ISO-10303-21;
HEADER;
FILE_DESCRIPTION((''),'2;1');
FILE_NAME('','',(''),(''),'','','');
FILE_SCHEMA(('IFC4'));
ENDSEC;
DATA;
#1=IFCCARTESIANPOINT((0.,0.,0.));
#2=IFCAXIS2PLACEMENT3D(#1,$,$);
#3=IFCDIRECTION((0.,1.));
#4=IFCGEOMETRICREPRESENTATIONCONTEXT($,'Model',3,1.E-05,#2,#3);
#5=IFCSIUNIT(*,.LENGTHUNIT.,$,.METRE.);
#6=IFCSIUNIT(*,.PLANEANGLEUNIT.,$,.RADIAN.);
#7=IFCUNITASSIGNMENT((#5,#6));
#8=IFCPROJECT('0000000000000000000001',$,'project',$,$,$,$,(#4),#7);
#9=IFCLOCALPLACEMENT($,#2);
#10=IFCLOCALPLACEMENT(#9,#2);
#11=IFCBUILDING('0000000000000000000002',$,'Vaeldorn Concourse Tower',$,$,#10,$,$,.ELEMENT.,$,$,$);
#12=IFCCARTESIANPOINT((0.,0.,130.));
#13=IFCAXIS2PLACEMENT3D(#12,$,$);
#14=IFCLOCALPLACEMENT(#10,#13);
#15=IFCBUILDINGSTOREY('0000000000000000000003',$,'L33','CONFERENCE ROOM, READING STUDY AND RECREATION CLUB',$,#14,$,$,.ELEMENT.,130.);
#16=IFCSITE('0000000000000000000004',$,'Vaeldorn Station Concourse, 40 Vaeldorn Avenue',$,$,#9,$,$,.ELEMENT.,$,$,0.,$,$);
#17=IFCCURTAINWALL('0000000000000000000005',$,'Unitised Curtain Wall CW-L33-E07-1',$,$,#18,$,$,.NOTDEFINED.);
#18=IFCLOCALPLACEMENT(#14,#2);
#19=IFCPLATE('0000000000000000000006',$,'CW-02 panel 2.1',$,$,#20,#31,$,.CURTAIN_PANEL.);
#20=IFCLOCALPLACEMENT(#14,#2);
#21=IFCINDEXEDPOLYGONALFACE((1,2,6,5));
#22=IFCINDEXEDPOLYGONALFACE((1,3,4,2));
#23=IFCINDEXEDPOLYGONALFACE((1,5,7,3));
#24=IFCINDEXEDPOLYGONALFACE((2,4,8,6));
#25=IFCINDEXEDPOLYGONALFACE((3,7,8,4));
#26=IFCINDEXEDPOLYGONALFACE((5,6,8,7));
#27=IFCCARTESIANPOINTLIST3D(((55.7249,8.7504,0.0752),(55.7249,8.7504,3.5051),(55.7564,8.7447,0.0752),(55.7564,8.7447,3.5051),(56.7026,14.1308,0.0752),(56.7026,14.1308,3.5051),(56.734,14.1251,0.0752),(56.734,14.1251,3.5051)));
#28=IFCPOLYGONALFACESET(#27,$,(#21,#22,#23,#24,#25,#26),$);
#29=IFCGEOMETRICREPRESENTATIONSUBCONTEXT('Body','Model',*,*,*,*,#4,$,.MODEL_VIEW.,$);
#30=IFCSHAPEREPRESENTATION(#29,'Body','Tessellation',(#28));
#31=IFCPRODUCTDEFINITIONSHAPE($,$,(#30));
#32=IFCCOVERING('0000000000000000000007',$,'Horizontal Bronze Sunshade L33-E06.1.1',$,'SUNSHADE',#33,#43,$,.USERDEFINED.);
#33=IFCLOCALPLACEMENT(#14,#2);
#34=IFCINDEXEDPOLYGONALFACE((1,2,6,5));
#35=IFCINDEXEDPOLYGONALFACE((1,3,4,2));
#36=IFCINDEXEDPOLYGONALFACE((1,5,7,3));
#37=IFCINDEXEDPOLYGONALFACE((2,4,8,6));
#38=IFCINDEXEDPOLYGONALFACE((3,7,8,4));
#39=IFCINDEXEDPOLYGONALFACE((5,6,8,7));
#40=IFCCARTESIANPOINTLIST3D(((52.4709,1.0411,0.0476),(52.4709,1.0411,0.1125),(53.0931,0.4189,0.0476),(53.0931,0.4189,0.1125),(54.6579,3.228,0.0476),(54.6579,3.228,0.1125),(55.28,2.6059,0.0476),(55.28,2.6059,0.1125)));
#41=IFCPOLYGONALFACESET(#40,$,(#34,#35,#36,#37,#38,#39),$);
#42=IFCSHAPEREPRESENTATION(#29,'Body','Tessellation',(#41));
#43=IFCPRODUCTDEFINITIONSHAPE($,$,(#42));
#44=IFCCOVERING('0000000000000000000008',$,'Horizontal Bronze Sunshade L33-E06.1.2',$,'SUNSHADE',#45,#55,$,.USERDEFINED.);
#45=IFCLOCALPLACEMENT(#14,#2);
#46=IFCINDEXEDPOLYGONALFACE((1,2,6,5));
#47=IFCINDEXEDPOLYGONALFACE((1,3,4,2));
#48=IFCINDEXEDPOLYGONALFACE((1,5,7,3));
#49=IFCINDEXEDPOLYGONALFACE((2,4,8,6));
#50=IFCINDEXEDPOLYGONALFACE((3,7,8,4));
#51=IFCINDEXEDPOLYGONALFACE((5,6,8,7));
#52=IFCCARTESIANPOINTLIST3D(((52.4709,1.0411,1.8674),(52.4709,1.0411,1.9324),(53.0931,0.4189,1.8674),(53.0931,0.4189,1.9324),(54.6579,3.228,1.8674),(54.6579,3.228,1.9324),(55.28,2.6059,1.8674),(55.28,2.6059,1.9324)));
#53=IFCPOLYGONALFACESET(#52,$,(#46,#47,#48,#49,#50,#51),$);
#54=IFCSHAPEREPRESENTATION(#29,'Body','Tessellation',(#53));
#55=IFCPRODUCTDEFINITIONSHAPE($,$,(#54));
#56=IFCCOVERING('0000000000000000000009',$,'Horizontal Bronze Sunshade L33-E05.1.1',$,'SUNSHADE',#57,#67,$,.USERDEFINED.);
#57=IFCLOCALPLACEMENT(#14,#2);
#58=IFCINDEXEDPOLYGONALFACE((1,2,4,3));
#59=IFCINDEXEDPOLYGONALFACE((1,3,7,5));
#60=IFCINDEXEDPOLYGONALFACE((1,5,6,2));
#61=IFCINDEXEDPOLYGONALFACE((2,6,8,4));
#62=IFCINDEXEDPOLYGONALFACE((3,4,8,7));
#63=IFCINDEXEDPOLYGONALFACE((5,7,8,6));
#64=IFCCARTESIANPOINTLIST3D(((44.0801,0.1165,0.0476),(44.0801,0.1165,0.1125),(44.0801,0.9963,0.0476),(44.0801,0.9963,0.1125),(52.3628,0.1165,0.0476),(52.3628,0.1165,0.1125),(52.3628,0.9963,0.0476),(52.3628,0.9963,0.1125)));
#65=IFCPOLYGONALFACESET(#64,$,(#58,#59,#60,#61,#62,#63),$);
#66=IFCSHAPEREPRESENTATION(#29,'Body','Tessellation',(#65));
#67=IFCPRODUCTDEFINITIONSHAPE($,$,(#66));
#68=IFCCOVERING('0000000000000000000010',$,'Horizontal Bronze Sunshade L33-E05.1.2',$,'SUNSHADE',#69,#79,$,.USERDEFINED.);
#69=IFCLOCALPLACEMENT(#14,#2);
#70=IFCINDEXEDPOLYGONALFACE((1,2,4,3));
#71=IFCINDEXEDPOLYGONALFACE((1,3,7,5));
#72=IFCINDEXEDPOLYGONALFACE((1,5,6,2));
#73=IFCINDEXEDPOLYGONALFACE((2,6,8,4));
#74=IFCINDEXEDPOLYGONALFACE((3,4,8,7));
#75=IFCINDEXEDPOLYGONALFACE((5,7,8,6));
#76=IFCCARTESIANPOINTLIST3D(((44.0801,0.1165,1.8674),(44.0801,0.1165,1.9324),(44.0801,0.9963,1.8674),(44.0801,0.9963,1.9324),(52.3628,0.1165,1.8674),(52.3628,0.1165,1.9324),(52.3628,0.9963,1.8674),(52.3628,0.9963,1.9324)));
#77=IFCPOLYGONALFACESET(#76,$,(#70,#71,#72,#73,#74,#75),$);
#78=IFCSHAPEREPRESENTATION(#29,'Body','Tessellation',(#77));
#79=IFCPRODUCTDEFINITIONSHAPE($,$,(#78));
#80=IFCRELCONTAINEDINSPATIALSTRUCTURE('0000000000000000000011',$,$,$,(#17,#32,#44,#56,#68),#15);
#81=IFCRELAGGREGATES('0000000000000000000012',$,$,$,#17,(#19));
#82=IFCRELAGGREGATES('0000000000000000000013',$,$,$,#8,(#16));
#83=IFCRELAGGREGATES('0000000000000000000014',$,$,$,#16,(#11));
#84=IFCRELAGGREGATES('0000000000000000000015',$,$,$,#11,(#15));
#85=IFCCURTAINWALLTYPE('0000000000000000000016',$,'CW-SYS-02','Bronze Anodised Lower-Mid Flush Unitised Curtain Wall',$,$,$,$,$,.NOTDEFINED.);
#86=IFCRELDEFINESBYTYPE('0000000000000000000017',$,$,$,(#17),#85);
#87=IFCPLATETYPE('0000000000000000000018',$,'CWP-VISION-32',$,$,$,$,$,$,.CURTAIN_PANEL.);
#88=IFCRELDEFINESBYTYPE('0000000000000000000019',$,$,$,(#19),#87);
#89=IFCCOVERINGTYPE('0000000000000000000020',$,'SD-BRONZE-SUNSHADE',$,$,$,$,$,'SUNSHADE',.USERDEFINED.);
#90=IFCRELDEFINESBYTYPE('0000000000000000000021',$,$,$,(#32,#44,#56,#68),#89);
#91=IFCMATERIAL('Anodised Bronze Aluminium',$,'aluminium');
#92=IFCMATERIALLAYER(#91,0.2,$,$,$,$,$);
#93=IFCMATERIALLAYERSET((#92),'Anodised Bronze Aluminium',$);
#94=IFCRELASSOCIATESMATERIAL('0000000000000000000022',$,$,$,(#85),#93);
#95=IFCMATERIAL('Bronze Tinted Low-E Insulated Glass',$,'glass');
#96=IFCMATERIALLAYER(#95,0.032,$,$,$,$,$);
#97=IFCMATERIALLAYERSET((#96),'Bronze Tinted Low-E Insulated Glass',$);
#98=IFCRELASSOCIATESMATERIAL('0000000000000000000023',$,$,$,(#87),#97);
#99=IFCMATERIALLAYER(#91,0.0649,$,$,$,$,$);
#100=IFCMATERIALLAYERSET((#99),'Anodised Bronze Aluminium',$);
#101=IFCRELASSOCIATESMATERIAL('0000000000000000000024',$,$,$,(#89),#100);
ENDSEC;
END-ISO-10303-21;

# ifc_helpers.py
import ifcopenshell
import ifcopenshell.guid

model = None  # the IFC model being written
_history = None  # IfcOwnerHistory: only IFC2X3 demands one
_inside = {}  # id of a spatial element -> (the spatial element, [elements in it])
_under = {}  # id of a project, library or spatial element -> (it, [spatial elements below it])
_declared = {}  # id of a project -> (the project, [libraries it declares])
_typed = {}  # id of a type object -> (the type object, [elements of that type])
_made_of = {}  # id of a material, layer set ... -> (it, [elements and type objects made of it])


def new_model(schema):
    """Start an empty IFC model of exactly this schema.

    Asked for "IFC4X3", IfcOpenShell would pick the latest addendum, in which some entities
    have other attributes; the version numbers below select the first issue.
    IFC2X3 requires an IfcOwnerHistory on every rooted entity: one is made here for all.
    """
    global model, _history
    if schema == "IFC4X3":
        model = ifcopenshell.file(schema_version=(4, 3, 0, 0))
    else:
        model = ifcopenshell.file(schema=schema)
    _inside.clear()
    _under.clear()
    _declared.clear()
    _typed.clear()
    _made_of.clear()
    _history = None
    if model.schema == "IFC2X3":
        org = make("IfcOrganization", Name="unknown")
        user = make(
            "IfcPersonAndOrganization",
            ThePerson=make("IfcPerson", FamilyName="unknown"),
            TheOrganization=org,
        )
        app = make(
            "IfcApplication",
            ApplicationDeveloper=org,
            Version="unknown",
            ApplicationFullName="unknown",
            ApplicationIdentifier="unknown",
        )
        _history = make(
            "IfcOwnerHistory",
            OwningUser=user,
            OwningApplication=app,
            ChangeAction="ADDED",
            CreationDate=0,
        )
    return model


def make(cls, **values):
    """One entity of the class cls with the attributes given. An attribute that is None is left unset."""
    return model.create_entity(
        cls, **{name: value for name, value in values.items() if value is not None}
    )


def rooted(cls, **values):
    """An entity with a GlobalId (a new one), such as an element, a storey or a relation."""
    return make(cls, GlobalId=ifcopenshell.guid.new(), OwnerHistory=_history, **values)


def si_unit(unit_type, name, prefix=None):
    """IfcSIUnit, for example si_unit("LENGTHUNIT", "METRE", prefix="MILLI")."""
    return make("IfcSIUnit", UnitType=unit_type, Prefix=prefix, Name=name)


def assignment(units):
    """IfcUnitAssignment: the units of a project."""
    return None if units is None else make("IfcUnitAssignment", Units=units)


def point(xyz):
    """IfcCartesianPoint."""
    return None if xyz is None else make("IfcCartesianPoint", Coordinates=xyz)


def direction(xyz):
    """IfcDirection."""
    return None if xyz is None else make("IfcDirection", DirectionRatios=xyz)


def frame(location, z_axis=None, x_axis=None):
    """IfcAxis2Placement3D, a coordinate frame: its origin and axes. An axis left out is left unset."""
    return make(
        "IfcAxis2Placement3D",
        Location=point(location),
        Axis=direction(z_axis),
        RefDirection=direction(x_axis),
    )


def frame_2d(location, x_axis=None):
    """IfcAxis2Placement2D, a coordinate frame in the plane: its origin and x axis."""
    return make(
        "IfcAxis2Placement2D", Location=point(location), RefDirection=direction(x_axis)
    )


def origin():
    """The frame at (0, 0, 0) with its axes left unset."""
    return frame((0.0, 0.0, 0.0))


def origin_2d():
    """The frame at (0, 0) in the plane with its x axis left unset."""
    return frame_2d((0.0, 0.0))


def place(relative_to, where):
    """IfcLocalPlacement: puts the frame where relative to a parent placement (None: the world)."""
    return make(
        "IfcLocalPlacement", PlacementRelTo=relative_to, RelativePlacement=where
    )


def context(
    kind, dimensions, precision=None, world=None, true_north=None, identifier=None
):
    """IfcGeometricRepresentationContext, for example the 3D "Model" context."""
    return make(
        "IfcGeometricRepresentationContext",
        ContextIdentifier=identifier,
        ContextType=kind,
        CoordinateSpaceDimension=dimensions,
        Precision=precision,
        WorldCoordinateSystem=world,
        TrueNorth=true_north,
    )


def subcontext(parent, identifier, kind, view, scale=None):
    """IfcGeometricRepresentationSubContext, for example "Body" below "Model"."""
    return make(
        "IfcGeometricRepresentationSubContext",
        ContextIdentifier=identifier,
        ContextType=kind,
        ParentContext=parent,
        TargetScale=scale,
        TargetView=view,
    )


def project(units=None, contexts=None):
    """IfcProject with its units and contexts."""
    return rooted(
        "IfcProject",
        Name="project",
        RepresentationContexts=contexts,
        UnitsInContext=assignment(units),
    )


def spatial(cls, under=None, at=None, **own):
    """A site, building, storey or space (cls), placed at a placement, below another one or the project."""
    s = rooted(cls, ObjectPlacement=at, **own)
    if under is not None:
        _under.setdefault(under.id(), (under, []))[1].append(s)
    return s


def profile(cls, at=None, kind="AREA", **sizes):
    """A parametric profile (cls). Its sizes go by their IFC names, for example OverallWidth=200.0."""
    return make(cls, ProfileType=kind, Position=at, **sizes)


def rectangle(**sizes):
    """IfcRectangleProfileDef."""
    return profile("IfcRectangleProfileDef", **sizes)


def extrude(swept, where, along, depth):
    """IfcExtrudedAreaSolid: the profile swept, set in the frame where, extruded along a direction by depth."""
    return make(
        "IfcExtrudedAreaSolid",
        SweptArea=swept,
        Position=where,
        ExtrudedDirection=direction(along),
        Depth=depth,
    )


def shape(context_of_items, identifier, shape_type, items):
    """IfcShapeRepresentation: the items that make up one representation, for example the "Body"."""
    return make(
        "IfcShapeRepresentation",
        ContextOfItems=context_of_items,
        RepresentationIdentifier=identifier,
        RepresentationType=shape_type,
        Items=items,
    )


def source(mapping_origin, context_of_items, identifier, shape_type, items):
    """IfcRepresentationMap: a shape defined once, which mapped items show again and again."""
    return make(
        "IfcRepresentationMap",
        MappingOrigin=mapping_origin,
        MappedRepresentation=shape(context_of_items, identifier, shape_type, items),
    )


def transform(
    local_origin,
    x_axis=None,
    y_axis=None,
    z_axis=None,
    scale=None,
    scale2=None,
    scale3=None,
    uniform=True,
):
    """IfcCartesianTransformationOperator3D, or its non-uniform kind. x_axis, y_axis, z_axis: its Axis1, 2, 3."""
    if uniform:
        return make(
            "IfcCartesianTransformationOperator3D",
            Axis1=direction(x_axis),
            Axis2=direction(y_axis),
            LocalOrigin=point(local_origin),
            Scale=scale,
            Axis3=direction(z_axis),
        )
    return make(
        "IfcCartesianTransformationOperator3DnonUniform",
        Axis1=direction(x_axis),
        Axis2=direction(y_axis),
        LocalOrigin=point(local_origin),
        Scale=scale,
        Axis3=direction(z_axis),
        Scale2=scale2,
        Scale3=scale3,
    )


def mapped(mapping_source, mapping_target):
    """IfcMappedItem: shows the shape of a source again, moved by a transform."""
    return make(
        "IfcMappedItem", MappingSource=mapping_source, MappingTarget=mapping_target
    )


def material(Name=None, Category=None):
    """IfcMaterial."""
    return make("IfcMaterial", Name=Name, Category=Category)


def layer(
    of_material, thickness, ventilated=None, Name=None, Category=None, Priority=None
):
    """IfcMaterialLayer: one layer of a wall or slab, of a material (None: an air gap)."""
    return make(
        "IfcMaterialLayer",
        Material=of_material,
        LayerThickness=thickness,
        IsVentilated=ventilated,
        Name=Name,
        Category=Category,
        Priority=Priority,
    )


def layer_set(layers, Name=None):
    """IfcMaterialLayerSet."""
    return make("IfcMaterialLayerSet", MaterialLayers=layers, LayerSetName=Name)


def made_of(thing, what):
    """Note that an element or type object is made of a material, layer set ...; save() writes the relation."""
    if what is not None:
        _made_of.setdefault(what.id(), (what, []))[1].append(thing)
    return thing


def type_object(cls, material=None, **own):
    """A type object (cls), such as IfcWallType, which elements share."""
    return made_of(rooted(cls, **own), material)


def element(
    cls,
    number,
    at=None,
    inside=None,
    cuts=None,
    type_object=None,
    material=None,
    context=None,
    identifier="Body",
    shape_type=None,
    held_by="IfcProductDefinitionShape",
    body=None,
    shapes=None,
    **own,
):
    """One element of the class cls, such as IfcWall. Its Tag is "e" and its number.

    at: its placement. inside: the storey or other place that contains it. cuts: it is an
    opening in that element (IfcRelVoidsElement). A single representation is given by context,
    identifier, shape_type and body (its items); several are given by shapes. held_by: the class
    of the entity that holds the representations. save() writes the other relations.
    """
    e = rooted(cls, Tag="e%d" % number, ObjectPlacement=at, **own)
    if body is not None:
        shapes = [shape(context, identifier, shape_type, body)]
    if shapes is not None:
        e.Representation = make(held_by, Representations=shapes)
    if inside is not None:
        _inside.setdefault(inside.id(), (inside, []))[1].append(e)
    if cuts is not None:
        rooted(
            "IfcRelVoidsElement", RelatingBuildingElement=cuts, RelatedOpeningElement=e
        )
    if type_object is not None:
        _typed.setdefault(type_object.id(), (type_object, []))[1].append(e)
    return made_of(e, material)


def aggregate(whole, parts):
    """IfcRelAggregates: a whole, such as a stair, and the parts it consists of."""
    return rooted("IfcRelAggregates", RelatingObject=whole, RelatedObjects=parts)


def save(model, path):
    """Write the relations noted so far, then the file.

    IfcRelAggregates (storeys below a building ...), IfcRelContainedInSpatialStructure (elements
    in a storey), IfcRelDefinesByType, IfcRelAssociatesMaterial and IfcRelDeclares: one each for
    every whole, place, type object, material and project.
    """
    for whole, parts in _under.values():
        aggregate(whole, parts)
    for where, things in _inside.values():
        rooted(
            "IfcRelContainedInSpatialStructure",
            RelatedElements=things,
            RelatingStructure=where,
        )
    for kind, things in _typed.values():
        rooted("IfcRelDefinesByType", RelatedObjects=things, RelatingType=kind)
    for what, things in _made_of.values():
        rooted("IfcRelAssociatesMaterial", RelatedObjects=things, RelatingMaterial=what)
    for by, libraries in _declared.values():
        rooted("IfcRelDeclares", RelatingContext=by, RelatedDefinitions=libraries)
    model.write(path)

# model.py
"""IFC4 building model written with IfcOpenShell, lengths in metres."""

from ifc_helpers import new_model, si_unit, direction, frame, origin, origin_2d, place, context, subcontext, project, spatial, rectangle, extrude, source, transform, mapped, material, layer, layer_set, type_object, element, aggregate, save


model = new_model("IFC4")

# Units and contexts
model_context = context("Model", 3, precision=1e-05, world=origin(), true_north=direction((0.0, 1.0)))
body_context = subcontext(model_context, "Body", "Model", "MODEL_VIEW")
ifc_project = project(units=[si_unit("LENGTHUNIT", "METRE"), si_unit("PLANEANGLEUNIT", "RADIAN")], contexts=[model_context])

# Site, building, storey
site_placement = place(None, origin())
site = spatial("IfcSite", under=ifc_project, at=site_placement, Name="Vaeldorn Station Concourse, 40 Vaeldorn Avenue", CompositionType="ELEMENT", RefElevation=0.0)
building_placement = place(site_placement, origin())
building = spatial("IfcBuilding", under=site, at=building_placement, Name="Vaeldorn Concourse Tower", CompositionType="ELEMENT")
storey_placement = place(building_placement, frame((0.0, 0.0, 130.0)))
storey = spatial("IfcBuildingStorey", under=building, at=storey_placement, Name="L33", Description="CONFERENCE ROOM, READING STUDY AND RECREATION CLUB", CompositionType="ELEMENT", Elevation=130.0)

# Shared definitions
ifc_material_1 = material(Name="Anodised Bronze Aluminium", Category="aluminium")
ifc_layer_1 = layer(ifc_material_1, 0.2)
ifc_layer_set_1 = layer_set([ifc_layer_1], Name="Anodised Bronze Aluminium")
curtain_wall_type = type_object("IfcCurtainWallType", Name="CW-SYS-02", Description="Bronze Anodised Lower-Mid Flush Unitised Curtain Wall", PredefinedType="NOTDEFINED", material=ifc_layer_set_1)

# Curtain wall
curtain_wall_1_placement = place(storey_placement, origin())
curtain_wall_1 = element("IfcCurtainWall", 1, at=curtain_wall_1_placement, inside=storey, type_object=curtain_wall_type, Name="Unitised Curtain Wall CW-L33-E07-1", PredefinedType="NOTDEFINED")

# Plate
ifc_material_2 = material(Name="Bronze Tinted Low-E Insulated Glass", Category="glass")
ifc_layer_2 = layer(ifc_material_2, 0.032)
ifc_layer_set_2 = layer_set([ifc_layer_2], Name="Bronze Tinted Low-E Insulated Glass")
plate_type = type_object("IfcPlateType", Name="CWP-VISION-32", PredefinedType="CURTAIN_PANEL", material=ifc_layer_set_2)
shared_shape_1 = source(origin(), body_context, "Body", "SweptSolid", [
    extrude(rectangle(XDim=5.4685, YDim=0.032, at=origin_2d()), origin(), (0.0, 0.0, 1.0), 3.4299),
])
plate_1_placement = place(storey_placement, frame((56.2295, 11.4377, 0.0752), z_axis=(0.0, 0.0, 1.0), x_axis=(0.178774, 0.98389, 0.0)))
plate_1 = element("IfcPlate", 2, at=plate_1_placement, type_object=plate_type, Name="CW-02 panel 2.1", PredefinedType="CURTAIN_PANEL", context=body_context, shape_type="MappedRepresentation", body=[
    mapped(shared_shape_1, transform((0.0, 0.0, 0.0), scale=1.0)),
])
aggregate(curtain_wall_1, [plate_1])

# Coverings
ifc_layer_3 = layer(ifc_material_1, 0.0649)
ifc_layer_set_3 = layer_set([ifc_layer_3], Name="Anodised Bronze Aluminium")
covering_type = type_object("IfcCoveringType", Name="SD-BRONZE-SUNSHADE", ElementType="SUNSHADE", PredefinedType="USERDEFINED", material=ifc_layer_set_3)
shared_shape_2 = source(origin(), body_context, "Body", "SweptSolid", [
    extrude(rectangle(XDim=3.0928, YDim=0.8799, at=origin_2d()), origin(), (0.0, 0.0, 1.0), 0.0649),
])
for number, where, z_axis, x_axis, name in (
    (3, (53.8755, 1.8235, 0.0476), (0.0, 0.0, 1.0), (0.707107, 0.707107, 0.0), "Horizontal Bronze Sunshade L33-E06.1.1"),
    (4, (53.8755, 1.8235, 1.8674), (0.0, 0.0, 1.0), (0.707107, 0.707107, 0.0), "Horizontal Bronze Sunshade L33-E06.1.2"),
):
    element("IfcCovering", number, at=place(storey_placement, frame(where, z_axis=z_axis, x_axis=x_axis)), inside=storey, type_object=covering_type, Name=name, ObjectType="SUNSHADE", PredefinedType="USERDEFINED", context=body_context, shape_type="MappedRepresentation", body=[
        mapped(shared_shape_2, transform((0.0, 0.0, 0.0), scale=1.0)),
    ])
shared_shape_3 = source(origin(), body_context, "Body", "SweptSolid", [
    extrude(rectangle(XDim=8.2827, YDim=0.8799, at=origin_2d()), origin(), (0.0, 0.0, 1.0), 0.0649),
])
for number, where, z_axis, x_axis, name in (
    (5, (48.2214, 0.5564, 0.0476), (0.0, 0.0, 1.0), (1.0, 0.0, 0.0), "Horizontal Bronze Sunshade L33-E05.1.1"),
    (6, (48.2214, 0.5564, 1.8674), (0.0, 0.0, 1.0), (1.0, 0.0, 0.0), "Horizontal Bronze Sunshade L33-E05.1.2"),
):
    element("IfcCovering", number, at=place(storey_placement, frame(where, z_axis=z_axis, x_axis=x_axis)), inside=storey, type_object=covering_type, Name=name, ObjectType="SUNSHADE", PredefinedType="USERDEFINED", context=body_context, shape_type="MappedRepresentation", body=[
        mapped(shared_shape_3, transform((0.0, 0.0, 0.0), scale=1.0)),
    ])

save(model, "model.ifc")
